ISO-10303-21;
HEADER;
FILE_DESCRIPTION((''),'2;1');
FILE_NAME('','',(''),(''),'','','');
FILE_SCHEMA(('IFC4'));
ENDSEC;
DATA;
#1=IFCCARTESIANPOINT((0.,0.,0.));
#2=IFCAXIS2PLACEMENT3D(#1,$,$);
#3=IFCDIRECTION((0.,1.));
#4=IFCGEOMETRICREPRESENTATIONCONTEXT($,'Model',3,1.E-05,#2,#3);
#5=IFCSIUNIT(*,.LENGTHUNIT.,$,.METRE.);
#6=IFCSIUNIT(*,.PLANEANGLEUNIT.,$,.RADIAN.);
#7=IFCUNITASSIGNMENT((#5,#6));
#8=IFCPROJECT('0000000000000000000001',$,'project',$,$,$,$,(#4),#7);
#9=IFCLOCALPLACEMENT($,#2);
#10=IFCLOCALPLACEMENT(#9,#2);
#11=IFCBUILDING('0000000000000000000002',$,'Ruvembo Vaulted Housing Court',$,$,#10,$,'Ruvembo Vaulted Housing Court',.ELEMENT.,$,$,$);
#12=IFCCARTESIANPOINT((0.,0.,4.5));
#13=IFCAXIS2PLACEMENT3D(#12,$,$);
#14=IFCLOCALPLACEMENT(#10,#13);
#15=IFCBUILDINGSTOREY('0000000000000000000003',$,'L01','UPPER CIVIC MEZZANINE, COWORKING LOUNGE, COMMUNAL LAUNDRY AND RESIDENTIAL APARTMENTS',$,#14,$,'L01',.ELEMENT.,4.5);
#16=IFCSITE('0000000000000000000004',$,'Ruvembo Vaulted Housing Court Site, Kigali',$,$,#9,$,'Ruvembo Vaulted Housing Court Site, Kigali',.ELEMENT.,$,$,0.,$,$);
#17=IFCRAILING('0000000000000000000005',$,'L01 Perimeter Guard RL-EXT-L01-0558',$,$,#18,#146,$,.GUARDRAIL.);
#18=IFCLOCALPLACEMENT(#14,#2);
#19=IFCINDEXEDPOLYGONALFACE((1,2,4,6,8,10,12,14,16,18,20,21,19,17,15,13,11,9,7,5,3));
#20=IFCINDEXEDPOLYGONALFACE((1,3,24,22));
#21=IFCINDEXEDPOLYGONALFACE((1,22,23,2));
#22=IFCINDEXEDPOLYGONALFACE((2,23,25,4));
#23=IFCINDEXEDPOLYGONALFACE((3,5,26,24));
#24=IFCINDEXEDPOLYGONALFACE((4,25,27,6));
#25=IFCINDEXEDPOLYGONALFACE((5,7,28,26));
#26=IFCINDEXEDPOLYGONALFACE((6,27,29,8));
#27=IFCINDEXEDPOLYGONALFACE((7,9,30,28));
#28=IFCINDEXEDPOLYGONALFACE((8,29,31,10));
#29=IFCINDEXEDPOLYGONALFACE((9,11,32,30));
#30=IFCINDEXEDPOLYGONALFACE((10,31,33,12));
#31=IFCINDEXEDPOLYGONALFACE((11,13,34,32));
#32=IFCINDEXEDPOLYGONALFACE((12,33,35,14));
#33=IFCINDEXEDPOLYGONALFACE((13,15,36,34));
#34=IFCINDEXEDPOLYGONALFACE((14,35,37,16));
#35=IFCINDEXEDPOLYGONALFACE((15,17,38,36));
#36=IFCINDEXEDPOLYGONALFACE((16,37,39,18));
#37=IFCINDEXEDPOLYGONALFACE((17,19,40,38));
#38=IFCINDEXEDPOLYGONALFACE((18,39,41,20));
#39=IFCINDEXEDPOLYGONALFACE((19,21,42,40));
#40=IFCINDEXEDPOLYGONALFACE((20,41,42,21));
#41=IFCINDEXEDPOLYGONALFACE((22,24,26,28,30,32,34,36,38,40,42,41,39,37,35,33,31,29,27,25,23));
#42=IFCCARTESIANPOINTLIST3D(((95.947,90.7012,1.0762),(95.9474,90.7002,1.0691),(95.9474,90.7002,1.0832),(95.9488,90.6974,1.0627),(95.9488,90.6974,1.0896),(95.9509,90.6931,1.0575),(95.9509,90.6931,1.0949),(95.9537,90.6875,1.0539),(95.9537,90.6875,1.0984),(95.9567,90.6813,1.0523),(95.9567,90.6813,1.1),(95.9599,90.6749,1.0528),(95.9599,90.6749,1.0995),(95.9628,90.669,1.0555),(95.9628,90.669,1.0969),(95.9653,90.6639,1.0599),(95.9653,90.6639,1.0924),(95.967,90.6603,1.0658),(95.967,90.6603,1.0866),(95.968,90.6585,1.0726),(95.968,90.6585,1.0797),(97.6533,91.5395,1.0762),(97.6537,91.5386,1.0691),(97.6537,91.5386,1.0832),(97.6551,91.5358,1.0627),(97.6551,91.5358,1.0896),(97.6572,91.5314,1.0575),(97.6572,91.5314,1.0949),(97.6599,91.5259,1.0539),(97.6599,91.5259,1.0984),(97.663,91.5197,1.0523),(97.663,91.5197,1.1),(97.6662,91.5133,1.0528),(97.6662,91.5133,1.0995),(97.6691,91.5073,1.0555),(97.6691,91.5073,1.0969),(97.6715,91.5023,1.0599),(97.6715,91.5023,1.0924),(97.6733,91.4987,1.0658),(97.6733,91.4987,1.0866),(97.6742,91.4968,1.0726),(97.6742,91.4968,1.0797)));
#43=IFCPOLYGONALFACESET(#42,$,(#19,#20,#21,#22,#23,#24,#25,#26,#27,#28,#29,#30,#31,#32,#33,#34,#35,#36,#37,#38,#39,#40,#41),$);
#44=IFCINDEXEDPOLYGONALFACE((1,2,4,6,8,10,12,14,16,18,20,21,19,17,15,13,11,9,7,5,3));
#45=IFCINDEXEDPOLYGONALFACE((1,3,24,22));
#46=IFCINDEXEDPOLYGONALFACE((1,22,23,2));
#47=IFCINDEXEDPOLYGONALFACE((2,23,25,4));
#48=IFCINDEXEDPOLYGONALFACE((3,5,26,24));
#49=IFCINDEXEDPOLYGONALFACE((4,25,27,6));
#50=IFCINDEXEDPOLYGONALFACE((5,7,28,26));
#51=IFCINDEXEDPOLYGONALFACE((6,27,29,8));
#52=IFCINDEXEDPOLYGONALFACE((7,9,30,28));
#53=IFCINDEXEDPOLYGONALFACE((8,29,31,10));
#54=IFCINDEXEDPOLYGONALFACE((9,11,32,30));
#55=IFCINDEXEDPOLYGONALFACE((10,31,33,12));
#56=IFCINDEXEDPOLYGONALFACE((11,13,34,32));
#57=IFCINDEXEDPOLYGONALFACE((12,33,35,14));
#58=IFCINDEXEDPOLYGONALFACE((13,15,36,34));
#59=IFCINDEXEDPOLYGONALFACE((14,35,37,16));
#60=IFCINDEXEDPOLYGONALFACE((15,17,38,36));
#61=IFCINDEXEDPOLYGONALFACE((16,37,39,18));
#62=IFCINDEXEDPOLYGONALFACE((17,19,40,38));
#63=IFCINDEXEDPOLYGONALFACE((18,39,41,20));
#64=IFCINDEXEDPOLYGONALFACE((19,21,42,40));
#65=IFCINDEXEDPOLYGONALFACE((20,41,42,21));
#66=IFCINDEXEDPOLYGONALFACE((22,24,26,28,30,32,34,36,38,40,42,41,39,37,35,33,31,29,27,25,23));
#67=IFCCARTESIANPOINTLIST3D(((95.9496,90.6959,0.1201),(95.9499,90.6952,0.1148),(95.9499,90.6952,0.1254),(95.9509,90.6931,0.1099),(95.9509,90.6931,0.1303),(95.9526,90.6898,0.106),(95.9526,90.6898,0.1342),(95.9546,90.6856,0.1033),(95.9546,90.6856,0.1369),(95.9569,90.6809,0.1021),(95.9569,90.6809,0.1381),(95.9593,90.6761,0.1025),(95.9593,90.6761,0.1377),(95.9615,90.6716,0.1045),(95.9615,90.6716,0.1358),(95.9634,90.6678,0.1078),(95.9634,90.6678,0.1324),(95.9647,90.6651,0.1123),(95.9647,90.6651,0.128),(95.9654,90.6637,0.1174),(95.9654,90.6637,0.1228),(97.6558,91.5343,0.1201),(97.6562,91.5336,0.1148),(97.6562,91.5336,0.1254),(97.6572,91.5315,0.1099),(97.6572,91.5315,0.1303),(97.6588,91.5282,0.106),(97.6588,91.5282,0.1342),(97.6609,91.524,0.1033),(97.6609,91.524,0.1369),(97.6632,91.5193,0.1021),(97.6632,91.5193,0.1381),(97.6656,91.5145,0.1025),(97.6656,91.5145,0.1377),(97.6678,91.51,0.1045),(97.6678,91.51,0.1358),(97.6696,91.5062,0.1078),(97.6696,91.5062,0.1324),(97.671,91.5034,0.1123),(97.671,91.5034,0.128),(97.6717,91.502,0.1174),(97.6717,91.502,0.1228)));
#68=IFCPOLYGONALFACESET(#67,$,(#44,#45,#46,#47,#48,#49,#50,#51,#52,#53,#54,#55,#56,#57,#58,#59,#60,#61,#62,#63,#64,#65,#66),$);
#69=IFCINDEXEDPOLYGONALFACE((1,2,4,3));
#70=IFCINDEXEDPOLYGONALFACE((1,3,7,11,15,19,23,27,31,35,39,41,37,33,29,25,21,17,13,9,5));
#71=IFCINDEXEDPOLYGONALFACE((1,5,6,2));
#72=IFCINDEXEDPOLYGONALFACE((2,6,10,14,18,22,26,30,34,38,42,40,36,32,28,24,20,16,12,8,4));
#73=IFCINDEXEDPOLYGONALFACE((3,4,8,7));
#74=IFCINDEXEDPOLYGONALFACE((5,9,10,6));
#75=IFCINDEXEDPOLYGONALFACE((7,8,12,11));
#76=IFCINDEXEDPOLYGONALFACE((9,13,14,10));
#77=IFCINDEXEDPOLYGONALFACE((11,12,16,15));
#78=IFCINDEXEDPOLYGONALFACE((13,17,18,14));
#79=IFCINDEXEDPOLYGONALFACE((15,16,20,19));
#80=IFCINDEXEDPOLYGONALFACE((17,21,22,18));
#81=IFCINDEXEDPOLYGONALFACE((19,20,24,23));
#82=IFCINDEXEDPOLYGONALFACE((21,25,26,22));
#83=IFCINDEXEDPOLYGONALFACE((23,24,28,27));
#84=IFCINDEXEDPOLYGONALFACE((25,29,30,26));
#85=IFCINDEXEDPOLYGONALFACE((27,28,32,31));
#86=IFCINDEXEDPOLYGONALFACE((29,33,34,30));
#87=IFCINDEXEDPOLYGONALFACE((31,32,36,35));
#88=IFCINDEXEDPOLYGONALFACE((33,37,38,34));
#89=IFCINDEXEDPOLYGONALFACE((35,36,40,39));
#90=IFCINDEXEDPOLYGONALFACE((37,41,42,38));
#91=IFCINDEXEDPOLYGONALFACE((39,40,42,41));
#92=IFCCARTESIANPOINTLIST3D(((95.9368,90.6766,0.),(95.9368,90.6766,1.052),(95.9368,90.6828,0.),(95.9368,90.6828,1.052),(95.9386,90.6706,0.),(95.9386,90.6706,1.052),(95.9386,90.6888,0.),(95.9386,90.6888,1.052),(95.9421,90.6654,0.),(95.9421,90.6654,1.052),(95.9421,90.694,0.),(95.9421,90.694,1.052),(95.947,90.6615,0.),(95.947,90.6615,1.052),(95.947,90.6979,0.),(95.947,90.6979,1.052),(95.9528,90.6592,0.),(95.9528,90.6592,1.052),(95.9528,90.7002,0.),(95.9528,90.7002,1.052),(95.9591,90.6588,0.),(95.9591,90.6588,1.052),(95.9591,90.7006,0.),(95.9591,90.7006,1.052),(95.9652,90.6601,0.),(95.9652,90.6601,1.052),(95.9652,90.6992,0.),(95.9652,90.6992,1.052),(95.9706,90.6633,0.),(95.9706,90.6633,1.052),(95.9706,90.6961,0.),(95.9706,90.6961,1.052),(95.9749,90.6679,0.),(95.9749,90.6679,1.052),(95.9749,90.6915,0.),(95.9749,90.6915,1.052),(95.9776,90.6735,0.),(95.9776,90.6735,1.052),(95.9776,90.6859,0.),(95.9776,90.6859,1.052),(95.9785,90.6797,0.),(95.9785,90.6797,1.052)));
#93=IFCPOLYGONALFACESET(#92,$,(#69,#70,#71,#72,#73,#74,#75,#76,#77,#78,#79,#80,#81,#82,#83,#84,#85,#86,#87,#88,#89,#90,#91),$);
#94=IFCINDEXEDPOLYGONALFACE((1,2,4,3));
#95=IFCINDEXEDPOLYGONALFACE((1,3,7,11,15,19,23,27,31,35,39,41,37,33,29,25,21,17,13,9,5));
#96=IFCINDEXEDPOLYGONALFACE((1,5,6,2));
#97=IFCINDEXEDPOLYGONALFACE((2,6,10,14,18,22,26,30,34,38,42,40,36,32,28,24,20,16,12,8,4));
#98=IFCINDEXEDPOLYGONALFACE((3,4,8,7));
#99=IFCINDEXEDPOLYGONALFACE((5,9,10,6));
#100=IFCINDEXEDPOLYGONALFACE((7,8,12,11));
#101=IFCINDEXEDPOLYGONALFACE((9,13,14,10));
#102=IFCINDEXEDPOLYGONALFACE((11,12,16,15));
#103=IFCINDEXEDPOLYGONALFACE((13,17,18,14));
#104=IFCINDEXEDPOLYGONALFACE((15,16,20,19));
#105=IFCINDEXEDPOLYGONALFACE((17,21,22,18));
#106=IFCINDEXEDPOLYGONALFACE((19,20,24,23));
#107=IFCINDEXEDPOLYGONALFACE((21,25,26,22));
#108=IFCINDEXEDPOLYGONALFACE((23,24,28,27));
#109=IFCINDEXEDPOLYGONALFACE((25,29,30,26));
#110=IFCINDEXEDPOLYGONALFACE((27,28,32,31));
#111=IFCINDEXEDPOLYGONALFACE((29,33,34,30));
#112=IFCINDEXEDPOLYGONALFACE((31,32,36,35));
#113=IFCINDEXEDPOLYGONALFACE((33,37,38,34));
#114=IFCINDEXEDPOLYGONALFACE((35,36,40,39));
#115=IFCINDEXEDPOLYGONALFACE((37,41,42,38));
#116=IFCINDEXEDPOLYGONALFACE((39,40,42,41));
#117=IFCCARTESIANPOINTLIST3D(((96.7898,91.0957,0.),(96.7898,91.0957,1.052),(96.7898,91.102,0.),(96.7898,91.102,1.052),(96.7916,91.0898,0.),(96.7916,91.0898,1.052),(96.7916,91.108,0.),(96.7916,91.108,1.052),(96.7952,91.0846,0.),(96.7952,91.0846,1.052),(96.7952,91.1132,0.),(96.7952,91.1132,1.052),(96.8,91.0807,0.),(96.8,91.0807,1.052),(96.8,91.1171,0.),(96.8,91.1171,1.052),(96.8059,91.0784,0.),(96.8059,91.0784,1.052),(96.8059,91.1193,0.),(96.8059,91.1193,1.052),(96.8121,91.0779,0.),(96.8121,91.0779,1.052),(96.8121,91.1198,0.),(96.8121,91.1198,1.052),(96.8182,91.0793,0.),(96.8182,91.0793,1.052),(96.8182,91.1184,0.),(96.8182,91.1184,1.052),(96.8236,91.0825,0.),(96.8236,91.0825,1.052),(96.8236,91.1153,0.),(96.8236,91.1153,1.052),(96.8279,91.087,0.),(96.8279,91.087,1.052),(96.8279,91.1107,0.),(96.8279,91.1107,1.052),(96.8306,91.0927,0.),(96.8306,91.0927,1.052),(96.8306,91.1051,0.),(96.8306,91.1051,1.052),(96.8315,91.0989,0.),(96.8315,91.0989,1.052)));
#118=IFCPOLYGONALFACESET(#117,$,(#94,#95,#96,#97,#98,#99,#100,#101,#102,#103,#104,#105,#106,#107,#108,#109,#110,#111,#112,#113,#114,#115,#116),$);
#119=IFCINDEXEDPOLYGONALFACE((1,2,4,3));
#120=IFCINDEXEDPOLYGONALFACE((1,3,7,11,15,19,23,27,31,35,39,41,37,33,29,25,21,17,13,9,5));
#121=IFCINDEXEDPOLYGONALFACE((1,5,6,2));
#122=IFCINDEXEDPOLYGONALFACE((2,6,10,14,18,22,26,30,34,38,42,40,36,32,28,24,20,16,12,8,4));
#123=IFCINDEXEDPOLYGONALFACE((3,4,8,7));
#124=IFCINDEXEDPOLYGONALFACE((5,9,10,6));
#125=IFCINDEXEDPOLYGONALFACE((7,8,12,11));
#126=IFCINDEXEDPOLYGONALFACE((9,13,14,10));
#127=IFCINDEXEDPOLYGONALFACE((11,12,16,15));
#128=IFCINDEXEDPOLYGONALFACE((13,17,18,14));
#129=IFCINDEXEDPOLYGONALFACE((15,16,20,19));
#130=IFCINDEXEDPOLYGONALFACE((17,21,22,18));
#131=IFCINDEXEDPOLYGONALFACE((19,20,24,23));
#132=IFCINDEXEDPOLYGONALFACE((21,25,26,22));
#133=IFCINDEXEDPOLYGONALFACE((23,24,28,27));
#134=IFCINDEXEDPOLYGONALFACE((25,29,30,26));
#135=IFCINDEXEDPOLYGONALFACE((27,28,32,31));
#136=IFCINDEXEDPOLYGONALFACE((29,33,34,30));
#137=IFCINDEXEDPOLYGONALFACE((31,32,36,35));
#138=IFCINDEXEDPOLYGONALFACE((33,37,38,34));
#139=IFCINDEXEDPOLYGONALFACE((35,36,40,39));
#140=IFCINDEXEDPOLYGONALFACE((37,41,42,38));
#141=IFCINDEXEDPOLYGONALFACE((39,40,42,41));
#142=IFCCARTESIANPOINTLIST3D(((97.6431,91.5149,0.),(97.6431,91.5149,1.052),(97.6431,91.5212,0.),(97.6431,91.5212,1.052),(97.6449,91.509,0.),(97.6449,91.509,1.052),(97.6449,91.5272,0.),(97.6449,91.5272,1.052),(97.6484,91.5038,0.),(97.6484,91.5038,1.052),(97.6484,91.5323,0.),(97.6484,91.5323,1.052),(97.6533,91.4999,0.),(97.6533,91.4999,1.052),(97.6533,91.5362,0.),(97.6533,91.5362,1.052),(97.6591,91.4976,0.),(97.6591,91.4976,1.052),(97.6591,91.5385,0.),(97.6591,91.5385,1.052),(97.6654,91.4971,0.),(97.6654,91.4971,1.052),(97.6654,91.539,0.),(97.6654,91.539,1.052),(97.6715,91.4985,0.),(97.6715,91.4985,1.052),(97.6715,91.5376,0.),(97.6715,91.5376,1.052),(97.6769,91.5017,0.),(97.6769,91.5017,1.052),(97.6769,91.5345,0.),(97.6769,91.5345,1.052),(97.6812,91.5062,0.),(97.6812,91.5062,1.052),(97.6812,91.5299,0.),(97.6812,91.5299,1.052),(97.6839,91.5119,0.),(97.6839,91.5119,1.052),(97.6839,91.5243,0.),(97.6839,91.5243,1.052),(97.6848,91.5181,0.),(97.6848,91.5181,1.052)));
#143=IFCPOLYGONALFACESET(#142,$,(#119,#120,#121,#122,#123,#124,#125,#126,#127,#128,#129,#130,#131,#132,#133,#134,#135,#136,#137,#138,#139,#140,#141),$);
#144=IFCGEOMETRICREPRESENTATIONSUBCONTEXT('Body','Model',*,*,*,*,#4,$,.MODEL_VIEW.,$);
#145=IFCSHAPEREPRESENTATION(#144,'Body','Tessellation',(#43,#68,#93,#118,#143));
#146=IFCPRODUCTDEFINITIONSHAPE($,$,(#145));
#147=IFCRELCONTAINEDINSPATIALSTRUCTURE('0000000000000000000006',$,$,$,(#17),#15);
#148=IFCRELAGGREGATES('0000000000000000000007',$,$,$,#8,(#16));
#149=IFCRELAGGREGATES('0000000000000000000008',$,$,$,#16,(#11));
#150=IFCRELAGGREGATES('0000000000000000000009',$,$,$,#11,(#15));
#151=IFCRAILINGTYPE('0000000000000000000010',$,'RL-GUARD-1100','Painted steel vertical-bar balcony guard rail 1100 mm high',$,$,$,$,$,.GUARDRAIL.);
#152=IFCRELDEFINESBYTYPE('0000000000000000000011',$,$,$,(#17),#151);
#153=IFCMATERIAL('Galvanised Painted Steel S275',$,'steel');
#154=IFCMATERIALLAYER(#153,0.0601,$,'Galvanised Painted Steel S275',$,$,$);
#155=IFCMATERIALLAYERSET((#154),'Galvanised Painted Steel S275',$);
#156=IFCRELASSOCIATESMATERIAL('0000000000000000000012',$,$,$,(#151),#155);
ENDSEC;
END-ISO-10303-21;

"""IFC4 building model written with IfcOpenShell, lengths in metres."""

from ifc_helpers import new_model, si_unit, direction, frame, origin, origin_2d, place, context, subcontext, project, spatial, circle, extrude, material, layer, layer_set, type_object, element, save


model = new_model("IFC4")

# Units and contexts
model_context = context("Model", 3, precision=1e-05, world=origin(), true_north=direction((0.0, 1.0)))
body_context = subcontext(model_context, "Body", "Model", "MODEL_VIEW")
ifc_project = project(units=[si_unit("LENGTHUNIT", "METRE"), si_unit("PLANEANGLEUNIT", "RADIAN")], contexts=[model_context])

# Site, building, storey
site_placement = place(None, origin())
site = spatial("IfcSite", under=ifc_project, at=site_placement, Name="Ruvembo Vaulted Housing Court Site, Kigali", LongName="Ruvembo Vaulted Housing Court Site, Kigali", CompositionType="ELEMENT", RefElevation=0.0)
building_placement = place(site_placement, origin())
building = spatial("IfcBuilding", under=site, at=building_placement, Name="Ruvembo Vaulted Housing Court", LongName="Ruvembo Vaulted Housing Court", CompositionType="ELEMENT")
storey_placement = place(building_placement, frame((0.0, 0.0, 4.5)))
storey = spatial("IfcBuildingStorey", under=building, at=storey_placement, Name="L01", Description="UPPER CIVIC MEZZANINE, COWORKING LOUNGE, COMMUNAL LAUNDRY AND RESIDENTIAL APARTMENTS", LongName="L01", CompositionType="ELEMENT", Elevation=4.5)

# Railing
ifc_material_1 = material(Name="Galvanised Painted Steel S275", Category="steel")
ifc_layer_1 = layer(ifc_material_1, 0.0601, Name="Galvanised Painted Steel S275")
ifc_layer_set_1 = layer_set([ifc_layer_1], Name="Galvanised Painted Steel S275")
railing_type = type_object("IfcRailingType", Name="RL-GUARD-1100", Description="Painted steel vertical-bar balcony guard rail 1100 mm high", PredefinedType="GUARDRAIL", material=ifc_layer_set_1)
railing_1_placement = place(storey_placement, frame((95.9575, 90.6797, 0.0)))
element("IfcRailing", 1, at=railing_1_placement, inside=storey, type_object=railing_type, Name="L01 Perimeter Guard RL-EXT-L01-0558", PredefinedType="GUARDRAIL", context=body_context, shape_type="SweptSolid", body=[
    extrude(circle(Radius=0.0239, at=origin_2d()), frame((0.0, 0.0, 1.0762), z_axis=(0.897513, 0.440987, 0.0), x_axis=(-0.440987, 0.897513, 0.0)), (0.0, 0.0, 1.0), 1.9011),
    extrude(circle(Radius=0.0181, at=origin_2d()), frame((0.0, 0.0, 0.1201), z_axis=(0.897513, 0.440987, 0.0), x_axis=(-0.440987, 0.897513, 0.0)), (0.0, 0.0, 1.0), 1.9011),
    extrude(circle(Radius=0.021, at=origin_2d()), origin(), (0.0, 0.0, 1.0), 1.052),
    extrude(circle(Radius=0.021, at=origin_2d()), frame((0.853, 0.4192, 0.0)), (0.0, 0.0, 1.0), 1.052),
    extrude(circle(Radius=0.021, at=origin_2d()), frame((1.7063, 0.8384, 0.0)), (0.0, 0.0, 1.0), 1.052),
])

save(model, "model.ifc")
